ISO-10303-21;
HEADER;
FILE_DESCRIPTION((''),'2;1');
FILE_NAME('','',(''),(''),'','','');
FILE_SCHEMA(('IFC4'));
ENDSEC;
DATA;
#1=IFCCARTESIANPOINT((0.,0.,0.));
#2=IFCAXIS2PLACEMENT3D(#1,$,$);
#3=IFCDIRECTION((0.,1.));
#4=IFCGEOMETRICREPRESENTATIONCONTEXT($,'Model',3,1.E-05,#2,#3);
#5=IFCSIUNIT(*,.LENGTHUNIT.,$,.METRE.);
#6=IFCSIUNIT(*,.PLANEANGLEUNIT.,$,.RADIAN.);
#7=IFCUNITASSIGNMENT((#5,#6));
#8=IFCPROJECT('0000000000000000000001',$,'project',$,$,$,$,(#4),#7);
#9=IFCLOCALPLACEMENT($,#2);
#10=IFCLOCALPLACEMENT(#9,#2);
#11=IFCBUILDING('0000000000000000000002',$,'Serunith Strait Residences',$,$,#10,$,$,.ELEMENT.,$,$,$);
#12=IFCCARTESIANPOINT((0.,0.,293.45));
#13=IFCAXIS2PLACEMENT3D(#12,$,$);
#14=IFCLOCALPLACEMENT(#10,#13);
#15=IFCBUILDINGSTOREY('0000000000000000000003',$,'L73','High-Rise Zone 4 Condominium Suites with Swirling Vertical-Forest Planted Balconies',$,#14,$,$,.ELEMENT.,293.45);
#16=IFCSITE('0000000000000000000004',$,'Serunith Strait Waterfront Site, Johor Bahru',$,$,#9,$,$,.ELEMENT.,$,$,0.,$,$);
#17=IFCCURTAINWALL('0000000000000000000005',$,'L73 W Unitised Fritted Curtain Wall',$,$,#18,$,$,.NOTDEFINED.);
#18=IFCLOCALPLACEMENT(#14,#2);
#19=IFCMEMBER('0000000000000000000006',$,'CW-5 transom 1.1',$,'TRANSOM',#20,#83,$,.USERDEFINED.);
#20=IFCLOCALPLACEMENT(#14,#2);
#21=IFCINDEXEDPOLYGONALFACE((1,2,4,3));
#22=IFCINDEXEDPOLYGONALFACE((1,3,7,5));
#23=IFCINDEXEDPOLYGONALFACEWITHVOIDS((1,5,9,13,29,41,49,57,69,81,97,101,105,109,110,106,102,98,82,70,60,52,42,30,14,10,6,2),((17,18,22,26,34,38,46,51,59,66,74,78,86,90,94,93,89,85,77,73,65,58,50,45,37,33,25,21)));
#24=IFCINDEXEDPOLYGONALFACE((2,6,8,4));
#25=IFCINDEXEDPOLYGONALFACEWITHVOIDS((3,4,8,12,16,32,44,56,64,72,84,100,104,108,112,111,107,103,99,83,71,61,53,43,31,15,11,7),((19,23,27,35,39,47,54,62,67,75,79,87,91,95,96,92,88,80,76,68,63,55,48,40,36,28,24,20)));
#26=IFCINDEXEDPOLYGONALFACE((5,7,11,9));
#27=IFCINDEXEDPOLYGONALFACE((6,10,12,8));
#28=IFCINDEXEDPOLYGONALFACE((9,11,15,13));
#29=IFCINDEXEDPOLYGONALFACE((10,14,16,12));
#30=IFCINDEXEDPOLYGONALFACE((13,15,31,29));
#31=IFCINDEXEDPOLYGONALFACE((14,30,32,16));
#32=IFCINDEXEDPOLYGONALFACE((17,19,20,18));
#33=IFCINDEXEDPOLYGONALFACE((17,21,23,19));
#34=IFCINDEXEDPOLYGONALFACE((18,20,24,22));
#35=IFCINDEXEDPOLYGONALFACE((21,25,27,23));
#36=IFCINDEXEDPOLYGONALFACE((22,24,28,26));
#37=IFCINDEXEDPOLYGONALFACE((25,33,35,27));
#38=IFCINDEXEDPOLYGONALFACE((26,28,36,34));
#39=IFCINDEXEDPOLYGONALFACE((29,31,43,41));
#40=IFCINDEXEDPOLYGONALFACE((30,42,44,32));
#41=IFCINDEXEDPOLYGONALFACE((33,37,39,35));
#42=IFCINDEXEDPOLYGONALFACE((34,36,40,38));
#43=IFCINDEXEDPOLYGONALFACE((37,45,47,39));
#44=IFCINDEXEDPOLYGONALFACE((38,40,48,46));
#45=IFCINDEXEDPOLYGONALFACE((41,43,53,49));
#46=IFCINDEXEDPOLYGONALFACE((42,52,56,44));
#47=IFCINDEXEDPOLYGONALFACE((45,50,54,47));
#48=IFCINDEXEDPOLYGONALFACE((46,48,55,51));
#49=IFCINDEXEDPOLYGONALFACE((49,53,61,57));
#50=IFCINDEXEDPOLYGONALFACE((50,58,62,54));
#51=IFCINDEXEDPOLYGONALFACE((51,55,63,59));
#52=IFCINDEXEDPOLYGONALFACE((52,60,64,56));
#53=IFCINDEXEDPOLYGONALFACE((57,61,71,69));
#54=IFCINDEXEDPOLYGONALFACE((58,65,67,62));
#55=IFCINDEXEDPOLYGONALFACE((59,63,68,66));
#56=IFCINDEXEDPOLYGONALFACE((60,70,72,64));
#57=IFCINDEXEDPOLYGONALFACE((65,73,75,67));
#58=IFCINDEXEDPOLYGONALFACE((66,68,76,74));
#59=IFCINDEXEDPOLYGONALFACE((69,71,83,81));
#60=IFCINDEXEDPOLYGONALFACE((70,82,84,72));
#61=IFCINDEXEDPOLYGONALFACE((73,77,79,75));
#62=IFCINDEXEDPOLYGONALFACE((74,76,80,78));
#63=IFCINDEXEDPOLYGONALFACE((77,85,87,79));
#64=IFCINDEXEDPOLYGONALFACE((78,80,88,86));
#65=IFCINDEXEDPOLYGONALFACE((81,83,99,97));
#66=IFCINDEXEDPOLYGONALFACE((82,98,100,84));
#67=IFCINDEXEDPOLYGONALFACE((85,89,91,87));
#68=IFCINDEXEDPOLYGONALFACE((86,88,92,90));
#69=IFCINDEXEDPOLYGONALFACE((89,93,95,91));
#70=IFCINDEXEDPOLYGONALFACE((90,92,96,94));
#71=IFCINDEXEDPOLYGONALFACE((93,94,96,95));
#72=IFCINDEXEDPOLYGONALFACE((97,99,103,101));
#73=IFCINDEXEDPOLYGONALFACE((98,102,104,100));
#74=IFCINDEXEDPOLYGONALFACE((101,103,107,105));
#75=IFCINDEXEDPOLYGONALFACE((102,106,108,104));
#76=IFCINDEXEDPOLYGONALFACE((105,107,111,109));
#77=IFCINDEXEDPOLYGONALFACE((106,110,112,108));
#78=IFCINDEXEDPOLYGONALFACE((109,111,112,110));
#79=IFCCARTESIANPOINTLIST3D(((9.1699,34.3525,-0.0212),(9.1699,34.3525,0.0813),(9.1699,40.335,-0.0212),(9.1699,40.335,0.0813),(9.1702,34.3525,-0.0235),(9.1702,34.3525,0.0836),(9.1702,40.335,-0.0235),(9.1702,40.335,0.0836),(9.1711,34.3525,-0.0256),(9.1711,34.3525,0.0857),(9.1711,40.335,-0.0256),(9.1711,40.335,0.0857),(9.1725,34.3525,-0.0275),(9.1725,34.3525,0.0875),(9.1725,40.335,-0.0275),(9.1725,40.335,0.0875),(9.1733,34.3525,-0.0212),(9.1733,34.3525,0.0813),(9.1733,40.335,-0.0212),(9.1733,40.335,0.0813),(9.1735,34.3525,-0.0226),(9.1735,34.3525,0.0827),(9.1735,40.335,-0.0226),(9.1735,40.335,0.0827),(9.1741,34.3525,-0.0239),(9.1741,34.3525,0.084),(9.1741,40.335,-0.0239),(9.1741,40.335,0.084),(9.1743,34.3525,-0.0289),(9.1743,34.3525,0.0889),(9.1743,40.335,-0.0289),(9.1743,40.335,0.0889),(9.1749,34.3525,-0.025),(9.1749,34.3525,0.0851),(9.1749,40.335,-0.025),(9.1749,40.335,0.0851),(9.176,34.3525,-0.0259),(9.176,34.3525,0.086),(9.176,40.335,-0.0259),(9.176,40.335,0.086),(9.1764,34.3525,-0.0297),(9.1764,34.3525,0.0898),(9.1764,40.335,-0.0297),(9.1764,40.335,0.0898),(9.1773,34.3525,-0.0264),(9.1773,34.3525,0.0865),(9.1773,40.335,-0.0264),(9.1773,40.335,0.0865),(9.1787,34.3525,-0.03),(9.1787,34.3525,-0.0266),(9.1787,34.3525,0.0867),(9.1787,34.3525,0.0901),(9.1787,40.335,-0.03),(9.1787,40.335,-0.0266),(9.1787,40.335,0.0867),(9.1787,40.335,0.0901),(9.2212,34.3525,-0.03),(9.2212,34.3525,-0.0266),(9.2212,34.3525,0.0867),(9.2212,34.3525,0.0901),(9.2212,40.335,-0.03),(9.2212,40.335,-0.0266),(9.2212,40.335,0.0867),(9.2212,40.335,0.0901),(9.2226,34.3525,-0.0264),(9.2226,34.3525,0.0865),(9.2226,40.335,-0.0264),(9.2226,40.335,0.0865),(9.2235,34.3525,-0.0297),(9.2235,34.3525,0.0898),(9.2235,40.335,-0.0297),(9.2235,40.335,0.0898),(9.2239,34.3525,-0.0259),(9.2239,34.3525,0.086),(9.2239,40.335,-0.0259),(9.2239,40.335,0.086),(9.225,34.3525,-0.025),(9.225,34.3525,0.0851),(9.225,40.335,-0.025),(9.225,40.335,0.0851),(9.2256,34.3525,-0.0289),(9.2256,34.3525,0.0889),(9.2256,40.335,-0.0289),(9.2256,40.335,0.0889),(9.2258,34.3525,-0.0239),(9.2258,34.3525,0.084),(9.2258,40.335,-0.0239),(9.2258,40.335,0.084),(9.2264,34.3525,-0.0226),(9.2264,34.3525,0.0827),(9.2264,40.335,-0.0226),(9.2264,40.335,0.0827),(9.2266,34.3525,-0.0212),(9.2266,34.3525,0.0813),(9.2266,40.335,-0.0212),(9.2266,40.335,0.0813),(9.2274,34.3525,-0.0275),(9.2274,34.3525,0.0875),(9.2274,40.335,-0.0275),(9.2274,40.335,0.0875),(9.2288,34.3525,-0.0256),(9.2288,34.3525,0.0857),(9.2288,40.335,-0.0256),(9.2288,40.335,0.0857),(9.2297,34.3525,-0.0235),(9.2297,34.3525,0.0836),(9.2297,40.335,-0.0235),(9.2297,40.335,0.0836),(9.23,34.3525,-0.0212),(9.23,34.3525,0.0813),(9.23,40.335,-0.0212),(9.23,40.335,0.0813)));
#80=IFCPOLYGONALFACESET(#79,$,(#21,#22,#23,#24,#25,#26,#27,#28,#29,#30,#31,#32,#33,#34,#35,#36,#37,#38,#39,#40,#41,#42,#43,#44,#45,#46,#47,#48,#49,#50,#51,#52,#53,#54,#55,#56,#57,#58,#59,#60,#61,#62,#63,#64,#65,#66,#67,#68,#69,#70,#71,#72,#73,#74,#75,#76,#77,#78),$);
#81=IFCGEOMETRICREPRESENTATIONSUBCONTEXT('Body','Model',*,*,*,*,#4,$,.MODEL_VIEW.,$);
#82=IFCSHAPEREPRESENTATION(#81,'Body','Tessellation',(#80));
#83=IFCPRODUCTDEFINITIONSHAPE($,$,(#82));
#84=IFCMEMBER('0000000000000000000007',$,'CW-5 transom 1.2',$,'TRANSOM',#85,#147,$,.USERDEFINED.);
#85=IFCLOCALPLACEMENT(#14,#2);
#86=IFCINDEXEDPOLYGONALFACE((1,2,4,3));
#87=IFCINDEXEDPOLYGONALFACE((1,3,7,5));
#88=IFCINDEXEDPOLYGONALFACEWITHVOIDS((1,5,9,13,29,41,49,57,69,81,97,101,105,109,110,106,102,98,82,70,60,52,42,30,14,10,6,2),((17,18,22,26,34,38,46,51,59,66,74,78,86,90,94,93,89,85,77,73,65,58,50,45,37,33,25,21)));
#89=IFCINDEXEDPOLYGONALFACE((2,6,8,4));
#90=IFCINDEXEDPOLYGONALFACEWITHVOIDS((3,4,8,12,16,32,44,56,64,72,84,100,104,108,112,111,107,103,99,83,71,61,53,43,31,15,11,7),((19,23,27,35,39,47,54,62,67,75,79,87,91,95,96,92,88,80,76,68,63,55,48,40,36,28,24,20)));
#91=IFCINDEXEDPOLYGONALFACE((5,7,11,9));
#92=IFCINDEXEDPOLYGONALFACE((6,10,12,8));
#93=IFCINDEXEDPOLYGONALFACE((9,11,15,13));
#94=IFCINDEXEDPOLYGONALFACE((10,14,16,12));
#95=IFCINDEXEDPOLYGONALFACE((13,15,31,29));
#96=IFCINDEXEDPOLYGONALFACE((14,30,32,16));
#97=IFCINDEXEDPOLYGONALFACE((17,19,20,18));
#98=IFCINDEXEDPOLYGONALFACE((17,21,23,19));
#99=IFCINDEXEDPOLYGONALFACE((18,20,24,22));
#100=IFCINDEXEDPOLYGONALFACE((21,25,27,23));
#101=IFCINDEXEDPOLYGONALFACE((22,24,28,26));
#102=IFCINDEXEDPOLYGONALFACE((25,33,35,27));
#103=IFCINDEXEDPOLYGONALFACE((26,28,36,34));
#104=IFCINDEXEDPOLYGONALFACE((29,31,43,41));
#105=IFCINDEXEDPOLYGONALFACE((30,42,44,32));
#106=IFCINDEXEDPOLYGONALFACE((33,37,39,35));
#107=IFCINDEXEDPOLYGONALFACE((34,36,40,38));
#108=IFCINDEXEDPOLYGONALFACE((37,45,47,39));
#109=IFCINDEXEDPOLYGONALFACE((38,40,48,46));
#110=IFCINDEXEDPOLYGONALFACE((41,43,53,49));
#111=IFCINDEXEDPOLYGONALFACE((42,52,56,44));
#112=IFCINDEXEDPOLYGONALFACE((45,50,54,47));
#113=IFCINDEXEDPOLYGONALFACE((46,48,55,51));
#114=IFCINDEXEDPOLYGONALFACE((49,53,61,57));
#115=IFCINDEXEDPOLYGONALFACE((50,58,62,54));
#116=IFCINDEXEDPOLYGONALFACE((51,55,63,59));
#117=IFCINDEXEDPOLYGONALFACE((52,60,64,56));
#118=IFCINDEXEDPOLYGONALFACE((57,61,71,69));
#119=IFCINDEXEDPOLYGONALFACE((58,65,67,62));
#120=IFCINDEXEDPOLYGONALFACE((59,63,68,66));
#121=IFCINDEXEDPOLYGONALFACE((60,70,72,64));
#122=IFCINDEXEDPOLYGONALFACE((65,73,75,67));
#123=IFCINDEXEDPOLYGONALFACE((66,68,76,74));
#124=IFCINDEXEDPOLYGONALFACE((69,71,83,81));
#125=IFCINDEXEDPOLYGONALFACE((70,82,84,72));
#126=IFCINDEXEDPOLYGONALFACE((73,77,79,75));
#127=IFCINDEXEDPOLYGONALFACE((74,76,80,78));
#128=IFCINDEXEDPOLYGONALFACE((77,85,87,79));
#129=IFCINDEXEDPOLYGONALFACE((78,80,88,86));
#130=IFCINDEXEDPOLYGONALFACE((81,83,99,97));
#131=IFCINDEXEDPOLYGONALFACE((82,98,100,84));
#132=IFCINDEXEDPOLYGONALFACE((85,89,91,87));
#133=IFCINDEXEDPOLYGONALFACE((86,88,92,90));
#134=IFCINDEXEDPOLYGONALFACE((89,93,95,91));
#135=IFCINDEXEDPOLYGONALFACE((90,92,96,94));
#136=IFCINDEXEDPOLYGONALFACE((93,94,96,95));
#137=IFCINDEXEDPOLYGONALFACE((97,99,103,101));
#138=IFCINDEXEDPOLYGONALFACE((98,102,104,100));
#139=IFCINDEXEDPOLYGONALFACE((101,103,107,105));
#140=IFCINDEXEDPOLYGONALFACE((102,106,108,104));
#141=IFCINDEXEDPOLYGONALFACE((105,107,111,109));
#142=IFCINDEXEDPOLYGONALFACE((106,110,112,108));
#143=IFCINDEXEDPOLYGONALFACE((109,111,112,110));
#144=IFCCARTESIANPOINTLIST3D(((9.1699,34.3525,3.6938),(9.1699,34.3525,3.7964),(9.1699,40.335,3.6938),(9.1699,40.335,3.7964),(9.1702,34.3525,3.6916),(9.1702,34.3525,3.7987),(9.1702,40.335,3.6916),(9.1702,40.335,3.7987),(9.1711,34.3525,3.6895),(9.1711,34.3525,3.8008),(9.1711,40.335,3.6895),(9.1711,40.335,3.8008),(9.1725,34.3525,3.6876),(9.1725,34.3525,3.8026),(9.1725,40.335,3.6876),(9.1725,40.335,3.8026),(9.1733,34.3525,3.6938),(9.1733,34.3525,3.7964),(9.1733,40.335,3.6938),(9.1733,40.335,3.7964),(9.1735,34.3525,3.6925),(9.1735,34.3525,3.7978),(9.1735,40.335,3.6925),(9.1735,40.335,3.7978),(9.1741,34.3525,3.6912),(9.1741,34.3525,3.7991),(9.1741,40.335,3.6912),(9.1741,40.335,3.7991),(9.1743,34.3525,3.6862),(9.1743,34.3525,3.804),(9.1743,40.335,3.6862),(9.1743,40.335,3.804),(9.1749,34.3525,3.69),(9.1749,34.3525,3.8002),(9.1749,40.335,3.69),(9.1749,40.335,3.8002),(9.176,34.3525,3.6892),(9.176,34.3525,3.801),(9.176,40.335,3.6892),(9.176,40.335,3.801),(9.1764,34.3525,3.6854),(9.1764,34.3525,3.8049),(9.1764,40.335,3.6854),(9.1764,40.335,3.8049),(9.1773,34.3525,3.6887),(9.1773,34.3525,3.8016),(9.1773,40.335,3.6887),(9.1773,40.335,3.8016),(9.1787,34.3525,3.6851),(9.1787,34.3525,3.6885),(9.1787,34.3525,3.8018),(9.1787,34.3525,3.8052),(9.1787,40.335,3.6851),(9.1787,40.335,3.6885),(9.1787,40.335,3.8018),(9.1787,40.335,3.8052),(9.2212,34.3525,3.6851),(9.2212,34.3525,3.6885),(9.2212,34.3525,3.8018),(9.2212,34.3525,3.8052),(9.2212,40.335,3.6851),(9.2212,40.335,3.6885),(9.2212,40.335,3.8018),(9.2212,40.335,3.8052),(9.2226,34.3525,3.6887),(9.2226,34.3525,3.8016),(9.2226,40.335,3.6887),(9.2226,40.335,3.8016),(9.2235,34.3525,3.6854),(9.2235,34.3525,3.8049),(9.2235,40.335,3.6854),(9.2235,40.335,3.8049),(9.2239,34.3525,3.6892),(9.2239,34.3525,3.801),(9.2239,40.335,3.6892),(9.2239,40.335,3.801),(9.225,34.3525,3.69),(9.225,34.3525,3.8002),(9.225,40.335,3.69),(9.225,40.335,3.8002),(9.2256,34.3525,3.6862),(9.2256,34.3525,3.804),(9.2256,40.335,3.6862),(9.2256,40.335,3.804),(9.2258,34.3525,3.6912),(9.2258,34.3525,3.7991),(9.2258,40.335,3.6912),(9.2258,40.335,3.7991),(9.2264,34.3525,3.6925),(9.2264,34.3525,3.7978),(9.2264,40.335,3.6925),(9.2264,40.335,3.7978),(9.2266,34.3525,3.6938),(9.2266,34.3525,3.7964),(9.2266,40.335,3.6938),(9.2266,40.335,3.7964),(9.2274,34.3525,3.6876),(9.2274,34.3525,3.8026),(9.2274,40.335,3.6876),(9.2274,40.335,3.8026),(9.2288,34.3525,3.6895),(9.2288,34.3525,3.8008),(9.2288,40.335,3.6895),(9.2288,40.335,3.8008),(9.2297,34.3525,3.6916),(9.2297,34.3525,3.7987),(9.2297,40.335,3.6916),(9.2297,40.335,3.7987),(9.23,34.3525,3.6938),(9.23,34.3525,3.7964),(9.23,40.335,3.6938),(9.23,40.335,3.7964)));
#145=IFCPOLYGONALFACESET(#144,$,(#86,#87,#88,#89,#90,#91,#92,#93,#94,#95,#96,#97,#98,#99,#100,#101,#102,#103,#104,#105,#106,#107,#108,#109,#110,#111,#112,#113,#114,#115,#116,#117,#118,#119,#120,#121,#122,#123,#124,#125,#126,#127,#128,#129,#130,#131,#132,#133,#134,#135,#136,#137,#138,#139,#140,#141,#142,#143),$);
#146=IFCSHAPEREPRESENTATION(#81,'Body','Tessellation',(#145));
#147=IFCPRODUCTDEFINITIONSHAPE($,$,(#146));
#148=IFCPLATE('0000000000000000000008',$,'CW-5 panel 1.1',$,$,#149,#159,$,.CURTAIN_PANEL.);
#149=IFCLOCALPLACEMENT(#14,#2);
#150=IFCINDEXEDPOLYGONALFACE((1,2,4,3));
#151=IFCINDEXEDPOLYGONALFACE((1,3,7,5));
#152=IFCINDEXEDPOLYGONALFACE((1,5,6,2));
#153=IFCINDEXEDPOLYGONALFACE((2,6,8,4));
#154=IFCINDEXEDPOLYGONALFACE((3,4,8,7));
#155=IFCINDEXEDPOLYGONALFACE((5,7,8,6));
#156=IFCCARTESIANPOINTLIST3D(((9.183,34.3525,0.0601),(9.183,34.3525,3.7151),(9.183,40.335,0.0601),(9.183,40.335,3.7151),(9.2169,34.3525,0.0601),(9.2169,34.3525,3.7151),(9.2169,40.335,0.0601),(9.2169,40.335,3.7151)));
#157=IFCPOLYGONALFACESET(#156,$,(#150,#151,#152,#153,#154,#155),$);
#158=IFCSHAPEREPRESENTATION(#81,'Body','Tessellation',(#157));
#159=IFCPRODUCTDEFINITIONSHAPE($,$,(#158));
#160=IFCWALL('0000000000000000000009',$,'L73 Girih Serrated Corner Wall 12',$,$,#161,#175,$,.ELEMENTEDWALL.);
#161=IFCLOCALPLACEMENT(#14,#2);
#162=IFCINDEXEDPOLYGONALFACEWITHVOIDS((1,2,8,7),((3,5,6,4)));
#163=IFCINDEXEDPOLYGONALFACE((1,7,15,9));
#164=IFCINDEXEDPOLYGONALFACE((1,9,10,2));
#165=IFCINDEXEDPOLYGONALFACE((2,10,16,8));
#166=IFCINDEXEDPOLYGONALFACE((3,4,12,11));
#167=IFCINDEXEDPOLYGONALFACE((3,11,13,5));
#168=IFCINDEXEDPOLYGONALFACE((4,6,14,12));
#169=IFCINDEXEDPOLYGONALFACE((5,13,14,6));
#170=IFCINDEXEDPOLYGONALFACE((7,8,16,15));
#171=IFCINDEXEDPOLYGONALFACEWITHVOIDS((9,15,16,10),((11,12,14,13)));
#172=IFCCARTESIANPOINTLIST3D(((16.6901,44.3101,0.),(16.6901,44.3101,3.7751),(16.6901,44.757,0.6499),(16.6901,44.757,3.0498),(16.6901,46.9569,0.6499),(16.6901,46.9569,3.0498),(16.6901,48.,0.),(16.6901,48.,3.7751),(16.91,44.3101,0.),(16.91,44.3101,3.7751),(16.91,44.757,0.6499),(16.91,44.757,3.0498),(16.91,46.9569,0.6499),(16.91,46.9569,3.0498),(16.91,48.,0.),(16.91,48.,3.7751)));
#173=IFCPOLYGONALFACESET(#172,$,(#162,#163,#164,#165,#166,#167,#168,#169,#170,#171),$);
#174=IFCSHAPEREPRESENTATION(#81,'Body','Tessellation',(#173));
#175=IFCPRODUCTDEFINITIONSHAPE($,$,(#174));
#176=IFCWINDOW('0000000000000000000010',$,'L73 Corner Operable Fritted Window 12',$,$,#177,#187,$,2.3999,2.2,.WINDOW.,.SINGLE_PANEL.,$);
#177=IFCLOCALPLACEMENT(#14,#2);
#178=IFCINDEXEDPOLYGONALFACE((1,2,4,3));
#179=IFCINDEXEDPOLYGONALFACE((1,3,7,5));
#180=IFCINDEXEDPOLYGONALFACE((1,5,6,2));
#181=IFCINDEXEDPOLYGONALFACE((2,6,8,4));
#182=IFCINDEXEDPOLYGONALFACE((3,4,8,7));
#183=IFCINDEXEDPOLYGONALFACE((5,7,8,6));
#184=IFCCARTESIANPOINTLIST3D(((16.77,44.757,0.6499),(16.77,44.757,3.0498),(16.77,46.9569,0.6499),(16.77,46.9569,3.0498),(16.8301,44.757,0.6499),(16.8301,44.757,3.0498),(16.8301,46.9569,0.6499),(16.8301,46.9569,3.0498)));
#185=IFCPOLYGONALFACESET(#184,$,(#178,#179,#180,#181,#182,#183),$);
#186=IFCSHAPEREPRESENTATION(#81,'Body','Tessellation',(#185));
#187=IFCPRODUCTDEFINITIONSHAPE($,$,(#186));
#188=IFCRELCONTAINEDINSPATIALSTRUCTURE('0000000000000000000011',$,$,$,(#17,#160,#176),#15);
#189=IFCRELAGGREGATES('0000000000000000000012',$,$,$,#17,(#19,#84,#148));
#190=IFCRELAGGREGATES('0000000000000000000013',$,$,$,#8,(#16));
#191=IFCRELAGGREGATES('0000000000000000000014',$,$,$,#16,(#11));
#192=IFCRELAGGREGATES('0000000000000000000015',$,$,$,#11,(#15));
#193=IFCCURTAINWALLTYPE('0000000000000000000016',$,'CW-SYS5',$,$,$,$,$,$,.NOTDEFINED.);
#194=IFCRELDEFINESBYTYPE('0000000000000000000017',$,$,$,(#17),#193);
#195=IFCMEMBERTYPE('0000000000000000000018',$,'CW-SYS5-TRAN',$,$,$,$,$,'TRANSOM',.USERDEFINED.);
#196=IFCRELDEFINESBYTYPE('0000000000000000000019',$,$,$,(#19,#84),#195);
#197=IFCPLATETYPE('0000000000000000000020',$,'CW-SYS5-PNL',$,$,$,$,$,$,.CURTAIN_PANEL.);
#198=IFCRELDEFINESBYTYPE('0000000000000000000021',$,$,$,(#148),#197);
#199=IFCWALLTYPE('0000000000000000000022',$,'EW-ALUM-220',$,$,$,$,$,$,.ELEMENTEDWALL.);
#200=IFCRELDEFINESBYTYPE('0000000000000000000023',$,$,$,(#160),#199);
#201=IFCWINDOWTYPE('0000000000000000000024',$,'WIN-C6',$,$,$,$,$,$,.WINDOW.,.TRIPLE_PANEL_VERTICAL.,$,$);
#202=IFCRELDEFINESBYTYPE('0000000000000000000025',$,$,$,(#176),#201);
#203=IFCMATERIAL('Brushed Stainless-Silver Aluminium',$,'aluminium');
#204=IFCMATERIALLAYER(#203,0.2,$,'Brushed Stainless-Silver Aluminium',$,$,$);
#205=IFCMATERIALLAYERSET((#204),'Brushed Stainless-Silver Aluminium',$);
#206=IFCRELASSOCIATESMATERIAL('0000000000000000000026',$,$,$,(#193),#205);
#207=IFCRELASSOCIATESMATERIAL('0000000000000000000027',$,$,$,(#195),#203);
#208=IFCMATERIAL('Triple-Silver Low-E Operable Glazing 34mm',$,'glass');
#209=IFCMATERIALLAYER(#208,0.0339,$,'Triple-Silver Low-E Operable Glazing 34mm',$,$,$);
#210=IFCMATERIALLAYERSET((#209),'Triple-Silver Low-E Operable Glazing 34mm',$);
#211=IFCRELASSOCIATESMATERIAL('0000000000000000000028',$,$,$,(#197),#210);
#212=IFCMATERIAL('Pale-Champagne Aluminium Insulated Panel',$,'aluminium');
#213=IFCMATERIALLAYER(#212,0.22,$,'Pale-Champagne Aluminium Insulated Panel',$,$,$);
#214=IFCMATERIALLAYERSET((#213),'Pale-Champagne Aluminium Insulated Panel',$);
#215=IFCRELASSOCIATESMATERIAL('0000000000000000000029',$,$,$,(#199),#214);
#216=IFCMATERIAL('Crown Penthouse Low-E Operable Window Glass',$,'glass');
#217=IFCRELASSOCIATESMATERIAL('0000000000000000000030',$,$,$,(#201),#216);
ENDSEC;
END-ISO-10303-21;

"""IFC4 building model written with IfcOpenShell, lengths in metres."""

from ifc_helpers import new_model, si_unit, direction, frame, frame_2d, origin, origin_2d, place, context, subcontext, project, spatial, rectangle, hollow_rectangle, extrude, source, transform, mapped, material, layer, layer_set, material_profile, profile_set, type_object, element, fill, aggregate, save


model = new_model("IFC4")

# Units and contexts
model_context = context("Model", 3, precision=1e-05, world=origin(), true_north=direction((0.0, 1.0)))
body_context = subcontext(model_context, "Body", "Model", "MODEL_VIEW")
ifc_project = project(units=[si_unit("LENGTHUNIT", "METRE"), si_unit("PLANEANGLEUNIT", "RADIAN")], contexts=[model_context])

# Site, building, storey
site_placement = place(None, origin())
site = spatial("IfcSite", under=ifc_project, at=site_placement, Name="Serunith Strait Waterfront Site, Johor Bahru", CompositionType="ELEMENT", RefElevation=0.0)
building_placement = place(site_placement, origin())
building = spatial("IfcBuilding", under=site, at=building_placement, Name="Serunith Strait Residences", CompositionType="ELEMENT")
storey_placement = place(building_placement, frame((0.0, 0.0, 293.45)))
storey = spatial("IfcBuildingStorey", under=building, at=storey_placement, Name="L73", Description="High-Rise Zone 4 Condominium Suites with Swirling Vertical-Forest Planted Balconies", CompositionType="ELEMENT", Elevation=293.45)

# Shared definitions
ifc_material_1 = material(Name="Brushed Stainless-Silver Aluminium", Category="aluminium")
ifc_layer_1 = layer(ifc_material_1, 0.2, Name="Brushed Stainless-Silver Aluminium")
ifc_layer_set_1 = layer_set([ifc_layer_1], Name="Brushed Stainless-Silver Aluminium")
curtain_wall_type = type_object("IfcCurtainWallType", Name="CW-SYS5", PredefinedType="NOTDEFINED", material=ifc_layer_set_1)

# Curtain wall, members, plate
curtain_wall_1_placement = place(storey_placement, origin())
curtain_wall_1 = element("IfcCurtainWall", 1, at=curtain_wall_1_placement, inside=storey, type_object=curtain_wall_type, Name="L73 W Unitised Fritted Curtain Wall", PredefinedType="NOTDEFINED")
ifc_material_profile_1 = material_profile(ifc_material_1, hollow_rectangle(XDim=0.0601, YDim=0.1201, WallThickness=0.0034, InnerFilletRadius=0.0054, OuterFilletRadius=0.0088, at=origin_2d()), Name="ALU 120x60x3.5")
ifc_profile_set_1 = profile_set([ifc_material_profile_1], Name="Brushed Stainless-Silver Aluminium")
member_type_1 = type_object("IfcMemberType", Name="CW-SYS5-TRAN", ElementType="TRANSOM", PredefinedType="USERDEFINED", material=ifc_profile_set_1)
shared_shape_1 = source(origin(), body_context, "Body", "SweptSolid", [
    extrude(hollow_rectangle(XDim=0.0601, YDim=0.1201, WallThickness=0.0034, InnerFilletRadius=0.0054, OuterFilletRadius=0.0088, at=origin_2d()), origin(), (0.0, 0.0, 1.0), 5.9824),
])
member_1_placement = place(storey_placement, frame((9.2, 40.335, 0.03), z_axis=(0.0, -1.0, 0.0), x_axis=(1.0, 0.0, 0.0)))
member_1 = element("IfcMember", 2, at=member_1_placement, type_object=member_type_1, Name="CW-5 transom 1.1", ObjectType="TRANSOM", PredefinedType="USERDEFINED", context=body_context, shape_type="MappedRepresentation", body=[
    mapped(shared_shape_1, transform((0.0, 0.0, 0.0), scale=1.0)),
])
member_2_placement = place(storey_placement, frame((9.2, 40.335, 3.7451), z_axis=(0.0, -1.0, 0.0), x_axis=(1.0, 0.0, 0.0)))
member_2 = element("IfcMember", 3, at=member_2_placement, type_object=member_type_1, Name="CW-5 transom 1.2", ObjectType="TRANSOM", PredefinedType="USERDEFINED", context=body_context, shape_type="MappedRepresentation", body=[
    mapped(shared_shape_1, transform((0.0, 0.0, 0.0), scale=1.0)),
])
ifc_material_2 = material(Name="Triple-Silver Low-E Operable Glazing 34mm", Category="glass")
ifc_layer_2 = layer(ifc_material_2, 0.0339, Name="Triple-Silver Low-E Operable Glazing 34mm")
ifc_layer_set_2 = layer_set([ifc_layer_2], Name="Triple-Silver Low-E Operable Glazing 34mm")
plate_type = type_object("IfcPlateType", Name="CW-SYS5-PNL", PredefinedType="CURTAIN_PANEL", material=ifc_layer_set_2)
shared_shape_2 = source(origin(), body_context, "Body", "SweptSolid", [
    extrude(rectangle(XDim=5.9824, YDim=0.0339, at=origin_2d()), origin(), (0.0, 0.0, 1.0), 3.655),
])
plate_placement = place(storey_placement, frame((9.2, 37.3438, 0.0601), z_axis=(0.0, 0.0, 1.0), x_axis=(0.0, -1.0, 0.0)))
plate = element("IfcPlate", 4, at=plate_placement, type_object=plate_type, Name="CW-5 panel 1.1", PredefinedType="CURTAIN_PANEL", context=body_context, shape_type="MappedRepresentation", body=[
    mapped(shared_shape_2, transform((0.0, 0.0, 0.0), scale=1.0)),
])
aggregate(curtain_wall_1, [member_1, member_2, plate])

# Wall, opening, window
ifc_material_3 = material(Name="Pale-Champagne Aluminium Insulated Panel", Category="aluminium")
ifc_layer_3 = layer(ifc_material_3, 0.22, Name="Pale-Champagne Aluminium Insulated Panel")
ifc_layer_set_3 = layer_set([ifc_layer_3], Name="Pale-Champagne Aluminium Insulated Panel")
wall_type_1 = type_object("IfcWallType", Name="EW-ALUM-220", PredefinedType="ELEMENTEDWALL", material=ifc_layer_set_3)
wall_1_placement = place(storey_placement, frame((16.8, 48.0, 0.0), z_axis=(0.0, 0.0, 1.0), x_axis=(0.0, -1.0, 0.0)))
wall_1 = element("IfcWall", 5, at=wall_1_placement, inside=storey, type_object=wall_type_1, Name="L73 Girih Serrated Corner Wall 12", PredefinedType="ELEMENTEDWALL", context=body_context, shape_type="SweptSolid", body=[
    extrude(rectangle(XDim=3.6899, YDim=0.22, at=frame_2d((1.845, 0.0))), origin(), (0.0, 0.0, 1.0), 3.7751),
])
opening_1_placement = place(wall_1_placement, frame((1.043, 0.0, 0.6499)))
opening_1 = element("IfcOpeningElement", 6, at=opening_1_placement, cuts=wall_1, PredefinedType="OPENING", context=body_context, shape_type="SweptSolid", body=[
    extrude(rectangle(XDim=2.2, YDim=2.3999, at=frame_2d((1.1001, 1.2))), frame((0.0, 0.1201, 0.0), z_axis=(0.0, -1.0, 0.0), x_axis=(1.0, 0.0, 0.0)), (0.0, 0.0, 1.0), 0.24),
])
ifc_material_4 = material(Name="Crown Penthouse Low-E Operable Window Glass", Category="glass")
window_type = type_object("IfcWindowType", Name="WIN-C6", PartitioningType="TRIPLE_PANEL_VERTICAL", PredefinedType="WINDOW", material=ifc_material_4)
shared_shape_3 = source(origin(), body_context, "Body", "SweptSolid", [
    extrude(rectangle(XDim=2.2, YDim=2.3999, at=frame_2d((1.1001, 1.2))), frame((0.0, 0.03, 0.0), z_axis=(0.0, -1.0, 0.0), x_axis=(1.0, 0.0, 0.0)), (0.0, 0.0, 1.0), 0.0601),
])
window_1_placement = place(opening_1_placement, origin())
window_1 = element("IfcWindow", 7, at=window_1_placement, inside=storey, type_object=window_type, Name="L73 Corner Operable Fritted Window 12", OverallHeight=2.3999, OverallWidth=2.2, PartitioningType="SINGLE_PANEL", PredefinedType="WINDOW", context=body_context, shape_type="MappedRepresentation", body=[
    mapped(shared_shape_3, transform((0.0, 0.0, 0.0), scale=1.0)),
])
fill(opening_1, window_1)

save(model, "model.ifc")
